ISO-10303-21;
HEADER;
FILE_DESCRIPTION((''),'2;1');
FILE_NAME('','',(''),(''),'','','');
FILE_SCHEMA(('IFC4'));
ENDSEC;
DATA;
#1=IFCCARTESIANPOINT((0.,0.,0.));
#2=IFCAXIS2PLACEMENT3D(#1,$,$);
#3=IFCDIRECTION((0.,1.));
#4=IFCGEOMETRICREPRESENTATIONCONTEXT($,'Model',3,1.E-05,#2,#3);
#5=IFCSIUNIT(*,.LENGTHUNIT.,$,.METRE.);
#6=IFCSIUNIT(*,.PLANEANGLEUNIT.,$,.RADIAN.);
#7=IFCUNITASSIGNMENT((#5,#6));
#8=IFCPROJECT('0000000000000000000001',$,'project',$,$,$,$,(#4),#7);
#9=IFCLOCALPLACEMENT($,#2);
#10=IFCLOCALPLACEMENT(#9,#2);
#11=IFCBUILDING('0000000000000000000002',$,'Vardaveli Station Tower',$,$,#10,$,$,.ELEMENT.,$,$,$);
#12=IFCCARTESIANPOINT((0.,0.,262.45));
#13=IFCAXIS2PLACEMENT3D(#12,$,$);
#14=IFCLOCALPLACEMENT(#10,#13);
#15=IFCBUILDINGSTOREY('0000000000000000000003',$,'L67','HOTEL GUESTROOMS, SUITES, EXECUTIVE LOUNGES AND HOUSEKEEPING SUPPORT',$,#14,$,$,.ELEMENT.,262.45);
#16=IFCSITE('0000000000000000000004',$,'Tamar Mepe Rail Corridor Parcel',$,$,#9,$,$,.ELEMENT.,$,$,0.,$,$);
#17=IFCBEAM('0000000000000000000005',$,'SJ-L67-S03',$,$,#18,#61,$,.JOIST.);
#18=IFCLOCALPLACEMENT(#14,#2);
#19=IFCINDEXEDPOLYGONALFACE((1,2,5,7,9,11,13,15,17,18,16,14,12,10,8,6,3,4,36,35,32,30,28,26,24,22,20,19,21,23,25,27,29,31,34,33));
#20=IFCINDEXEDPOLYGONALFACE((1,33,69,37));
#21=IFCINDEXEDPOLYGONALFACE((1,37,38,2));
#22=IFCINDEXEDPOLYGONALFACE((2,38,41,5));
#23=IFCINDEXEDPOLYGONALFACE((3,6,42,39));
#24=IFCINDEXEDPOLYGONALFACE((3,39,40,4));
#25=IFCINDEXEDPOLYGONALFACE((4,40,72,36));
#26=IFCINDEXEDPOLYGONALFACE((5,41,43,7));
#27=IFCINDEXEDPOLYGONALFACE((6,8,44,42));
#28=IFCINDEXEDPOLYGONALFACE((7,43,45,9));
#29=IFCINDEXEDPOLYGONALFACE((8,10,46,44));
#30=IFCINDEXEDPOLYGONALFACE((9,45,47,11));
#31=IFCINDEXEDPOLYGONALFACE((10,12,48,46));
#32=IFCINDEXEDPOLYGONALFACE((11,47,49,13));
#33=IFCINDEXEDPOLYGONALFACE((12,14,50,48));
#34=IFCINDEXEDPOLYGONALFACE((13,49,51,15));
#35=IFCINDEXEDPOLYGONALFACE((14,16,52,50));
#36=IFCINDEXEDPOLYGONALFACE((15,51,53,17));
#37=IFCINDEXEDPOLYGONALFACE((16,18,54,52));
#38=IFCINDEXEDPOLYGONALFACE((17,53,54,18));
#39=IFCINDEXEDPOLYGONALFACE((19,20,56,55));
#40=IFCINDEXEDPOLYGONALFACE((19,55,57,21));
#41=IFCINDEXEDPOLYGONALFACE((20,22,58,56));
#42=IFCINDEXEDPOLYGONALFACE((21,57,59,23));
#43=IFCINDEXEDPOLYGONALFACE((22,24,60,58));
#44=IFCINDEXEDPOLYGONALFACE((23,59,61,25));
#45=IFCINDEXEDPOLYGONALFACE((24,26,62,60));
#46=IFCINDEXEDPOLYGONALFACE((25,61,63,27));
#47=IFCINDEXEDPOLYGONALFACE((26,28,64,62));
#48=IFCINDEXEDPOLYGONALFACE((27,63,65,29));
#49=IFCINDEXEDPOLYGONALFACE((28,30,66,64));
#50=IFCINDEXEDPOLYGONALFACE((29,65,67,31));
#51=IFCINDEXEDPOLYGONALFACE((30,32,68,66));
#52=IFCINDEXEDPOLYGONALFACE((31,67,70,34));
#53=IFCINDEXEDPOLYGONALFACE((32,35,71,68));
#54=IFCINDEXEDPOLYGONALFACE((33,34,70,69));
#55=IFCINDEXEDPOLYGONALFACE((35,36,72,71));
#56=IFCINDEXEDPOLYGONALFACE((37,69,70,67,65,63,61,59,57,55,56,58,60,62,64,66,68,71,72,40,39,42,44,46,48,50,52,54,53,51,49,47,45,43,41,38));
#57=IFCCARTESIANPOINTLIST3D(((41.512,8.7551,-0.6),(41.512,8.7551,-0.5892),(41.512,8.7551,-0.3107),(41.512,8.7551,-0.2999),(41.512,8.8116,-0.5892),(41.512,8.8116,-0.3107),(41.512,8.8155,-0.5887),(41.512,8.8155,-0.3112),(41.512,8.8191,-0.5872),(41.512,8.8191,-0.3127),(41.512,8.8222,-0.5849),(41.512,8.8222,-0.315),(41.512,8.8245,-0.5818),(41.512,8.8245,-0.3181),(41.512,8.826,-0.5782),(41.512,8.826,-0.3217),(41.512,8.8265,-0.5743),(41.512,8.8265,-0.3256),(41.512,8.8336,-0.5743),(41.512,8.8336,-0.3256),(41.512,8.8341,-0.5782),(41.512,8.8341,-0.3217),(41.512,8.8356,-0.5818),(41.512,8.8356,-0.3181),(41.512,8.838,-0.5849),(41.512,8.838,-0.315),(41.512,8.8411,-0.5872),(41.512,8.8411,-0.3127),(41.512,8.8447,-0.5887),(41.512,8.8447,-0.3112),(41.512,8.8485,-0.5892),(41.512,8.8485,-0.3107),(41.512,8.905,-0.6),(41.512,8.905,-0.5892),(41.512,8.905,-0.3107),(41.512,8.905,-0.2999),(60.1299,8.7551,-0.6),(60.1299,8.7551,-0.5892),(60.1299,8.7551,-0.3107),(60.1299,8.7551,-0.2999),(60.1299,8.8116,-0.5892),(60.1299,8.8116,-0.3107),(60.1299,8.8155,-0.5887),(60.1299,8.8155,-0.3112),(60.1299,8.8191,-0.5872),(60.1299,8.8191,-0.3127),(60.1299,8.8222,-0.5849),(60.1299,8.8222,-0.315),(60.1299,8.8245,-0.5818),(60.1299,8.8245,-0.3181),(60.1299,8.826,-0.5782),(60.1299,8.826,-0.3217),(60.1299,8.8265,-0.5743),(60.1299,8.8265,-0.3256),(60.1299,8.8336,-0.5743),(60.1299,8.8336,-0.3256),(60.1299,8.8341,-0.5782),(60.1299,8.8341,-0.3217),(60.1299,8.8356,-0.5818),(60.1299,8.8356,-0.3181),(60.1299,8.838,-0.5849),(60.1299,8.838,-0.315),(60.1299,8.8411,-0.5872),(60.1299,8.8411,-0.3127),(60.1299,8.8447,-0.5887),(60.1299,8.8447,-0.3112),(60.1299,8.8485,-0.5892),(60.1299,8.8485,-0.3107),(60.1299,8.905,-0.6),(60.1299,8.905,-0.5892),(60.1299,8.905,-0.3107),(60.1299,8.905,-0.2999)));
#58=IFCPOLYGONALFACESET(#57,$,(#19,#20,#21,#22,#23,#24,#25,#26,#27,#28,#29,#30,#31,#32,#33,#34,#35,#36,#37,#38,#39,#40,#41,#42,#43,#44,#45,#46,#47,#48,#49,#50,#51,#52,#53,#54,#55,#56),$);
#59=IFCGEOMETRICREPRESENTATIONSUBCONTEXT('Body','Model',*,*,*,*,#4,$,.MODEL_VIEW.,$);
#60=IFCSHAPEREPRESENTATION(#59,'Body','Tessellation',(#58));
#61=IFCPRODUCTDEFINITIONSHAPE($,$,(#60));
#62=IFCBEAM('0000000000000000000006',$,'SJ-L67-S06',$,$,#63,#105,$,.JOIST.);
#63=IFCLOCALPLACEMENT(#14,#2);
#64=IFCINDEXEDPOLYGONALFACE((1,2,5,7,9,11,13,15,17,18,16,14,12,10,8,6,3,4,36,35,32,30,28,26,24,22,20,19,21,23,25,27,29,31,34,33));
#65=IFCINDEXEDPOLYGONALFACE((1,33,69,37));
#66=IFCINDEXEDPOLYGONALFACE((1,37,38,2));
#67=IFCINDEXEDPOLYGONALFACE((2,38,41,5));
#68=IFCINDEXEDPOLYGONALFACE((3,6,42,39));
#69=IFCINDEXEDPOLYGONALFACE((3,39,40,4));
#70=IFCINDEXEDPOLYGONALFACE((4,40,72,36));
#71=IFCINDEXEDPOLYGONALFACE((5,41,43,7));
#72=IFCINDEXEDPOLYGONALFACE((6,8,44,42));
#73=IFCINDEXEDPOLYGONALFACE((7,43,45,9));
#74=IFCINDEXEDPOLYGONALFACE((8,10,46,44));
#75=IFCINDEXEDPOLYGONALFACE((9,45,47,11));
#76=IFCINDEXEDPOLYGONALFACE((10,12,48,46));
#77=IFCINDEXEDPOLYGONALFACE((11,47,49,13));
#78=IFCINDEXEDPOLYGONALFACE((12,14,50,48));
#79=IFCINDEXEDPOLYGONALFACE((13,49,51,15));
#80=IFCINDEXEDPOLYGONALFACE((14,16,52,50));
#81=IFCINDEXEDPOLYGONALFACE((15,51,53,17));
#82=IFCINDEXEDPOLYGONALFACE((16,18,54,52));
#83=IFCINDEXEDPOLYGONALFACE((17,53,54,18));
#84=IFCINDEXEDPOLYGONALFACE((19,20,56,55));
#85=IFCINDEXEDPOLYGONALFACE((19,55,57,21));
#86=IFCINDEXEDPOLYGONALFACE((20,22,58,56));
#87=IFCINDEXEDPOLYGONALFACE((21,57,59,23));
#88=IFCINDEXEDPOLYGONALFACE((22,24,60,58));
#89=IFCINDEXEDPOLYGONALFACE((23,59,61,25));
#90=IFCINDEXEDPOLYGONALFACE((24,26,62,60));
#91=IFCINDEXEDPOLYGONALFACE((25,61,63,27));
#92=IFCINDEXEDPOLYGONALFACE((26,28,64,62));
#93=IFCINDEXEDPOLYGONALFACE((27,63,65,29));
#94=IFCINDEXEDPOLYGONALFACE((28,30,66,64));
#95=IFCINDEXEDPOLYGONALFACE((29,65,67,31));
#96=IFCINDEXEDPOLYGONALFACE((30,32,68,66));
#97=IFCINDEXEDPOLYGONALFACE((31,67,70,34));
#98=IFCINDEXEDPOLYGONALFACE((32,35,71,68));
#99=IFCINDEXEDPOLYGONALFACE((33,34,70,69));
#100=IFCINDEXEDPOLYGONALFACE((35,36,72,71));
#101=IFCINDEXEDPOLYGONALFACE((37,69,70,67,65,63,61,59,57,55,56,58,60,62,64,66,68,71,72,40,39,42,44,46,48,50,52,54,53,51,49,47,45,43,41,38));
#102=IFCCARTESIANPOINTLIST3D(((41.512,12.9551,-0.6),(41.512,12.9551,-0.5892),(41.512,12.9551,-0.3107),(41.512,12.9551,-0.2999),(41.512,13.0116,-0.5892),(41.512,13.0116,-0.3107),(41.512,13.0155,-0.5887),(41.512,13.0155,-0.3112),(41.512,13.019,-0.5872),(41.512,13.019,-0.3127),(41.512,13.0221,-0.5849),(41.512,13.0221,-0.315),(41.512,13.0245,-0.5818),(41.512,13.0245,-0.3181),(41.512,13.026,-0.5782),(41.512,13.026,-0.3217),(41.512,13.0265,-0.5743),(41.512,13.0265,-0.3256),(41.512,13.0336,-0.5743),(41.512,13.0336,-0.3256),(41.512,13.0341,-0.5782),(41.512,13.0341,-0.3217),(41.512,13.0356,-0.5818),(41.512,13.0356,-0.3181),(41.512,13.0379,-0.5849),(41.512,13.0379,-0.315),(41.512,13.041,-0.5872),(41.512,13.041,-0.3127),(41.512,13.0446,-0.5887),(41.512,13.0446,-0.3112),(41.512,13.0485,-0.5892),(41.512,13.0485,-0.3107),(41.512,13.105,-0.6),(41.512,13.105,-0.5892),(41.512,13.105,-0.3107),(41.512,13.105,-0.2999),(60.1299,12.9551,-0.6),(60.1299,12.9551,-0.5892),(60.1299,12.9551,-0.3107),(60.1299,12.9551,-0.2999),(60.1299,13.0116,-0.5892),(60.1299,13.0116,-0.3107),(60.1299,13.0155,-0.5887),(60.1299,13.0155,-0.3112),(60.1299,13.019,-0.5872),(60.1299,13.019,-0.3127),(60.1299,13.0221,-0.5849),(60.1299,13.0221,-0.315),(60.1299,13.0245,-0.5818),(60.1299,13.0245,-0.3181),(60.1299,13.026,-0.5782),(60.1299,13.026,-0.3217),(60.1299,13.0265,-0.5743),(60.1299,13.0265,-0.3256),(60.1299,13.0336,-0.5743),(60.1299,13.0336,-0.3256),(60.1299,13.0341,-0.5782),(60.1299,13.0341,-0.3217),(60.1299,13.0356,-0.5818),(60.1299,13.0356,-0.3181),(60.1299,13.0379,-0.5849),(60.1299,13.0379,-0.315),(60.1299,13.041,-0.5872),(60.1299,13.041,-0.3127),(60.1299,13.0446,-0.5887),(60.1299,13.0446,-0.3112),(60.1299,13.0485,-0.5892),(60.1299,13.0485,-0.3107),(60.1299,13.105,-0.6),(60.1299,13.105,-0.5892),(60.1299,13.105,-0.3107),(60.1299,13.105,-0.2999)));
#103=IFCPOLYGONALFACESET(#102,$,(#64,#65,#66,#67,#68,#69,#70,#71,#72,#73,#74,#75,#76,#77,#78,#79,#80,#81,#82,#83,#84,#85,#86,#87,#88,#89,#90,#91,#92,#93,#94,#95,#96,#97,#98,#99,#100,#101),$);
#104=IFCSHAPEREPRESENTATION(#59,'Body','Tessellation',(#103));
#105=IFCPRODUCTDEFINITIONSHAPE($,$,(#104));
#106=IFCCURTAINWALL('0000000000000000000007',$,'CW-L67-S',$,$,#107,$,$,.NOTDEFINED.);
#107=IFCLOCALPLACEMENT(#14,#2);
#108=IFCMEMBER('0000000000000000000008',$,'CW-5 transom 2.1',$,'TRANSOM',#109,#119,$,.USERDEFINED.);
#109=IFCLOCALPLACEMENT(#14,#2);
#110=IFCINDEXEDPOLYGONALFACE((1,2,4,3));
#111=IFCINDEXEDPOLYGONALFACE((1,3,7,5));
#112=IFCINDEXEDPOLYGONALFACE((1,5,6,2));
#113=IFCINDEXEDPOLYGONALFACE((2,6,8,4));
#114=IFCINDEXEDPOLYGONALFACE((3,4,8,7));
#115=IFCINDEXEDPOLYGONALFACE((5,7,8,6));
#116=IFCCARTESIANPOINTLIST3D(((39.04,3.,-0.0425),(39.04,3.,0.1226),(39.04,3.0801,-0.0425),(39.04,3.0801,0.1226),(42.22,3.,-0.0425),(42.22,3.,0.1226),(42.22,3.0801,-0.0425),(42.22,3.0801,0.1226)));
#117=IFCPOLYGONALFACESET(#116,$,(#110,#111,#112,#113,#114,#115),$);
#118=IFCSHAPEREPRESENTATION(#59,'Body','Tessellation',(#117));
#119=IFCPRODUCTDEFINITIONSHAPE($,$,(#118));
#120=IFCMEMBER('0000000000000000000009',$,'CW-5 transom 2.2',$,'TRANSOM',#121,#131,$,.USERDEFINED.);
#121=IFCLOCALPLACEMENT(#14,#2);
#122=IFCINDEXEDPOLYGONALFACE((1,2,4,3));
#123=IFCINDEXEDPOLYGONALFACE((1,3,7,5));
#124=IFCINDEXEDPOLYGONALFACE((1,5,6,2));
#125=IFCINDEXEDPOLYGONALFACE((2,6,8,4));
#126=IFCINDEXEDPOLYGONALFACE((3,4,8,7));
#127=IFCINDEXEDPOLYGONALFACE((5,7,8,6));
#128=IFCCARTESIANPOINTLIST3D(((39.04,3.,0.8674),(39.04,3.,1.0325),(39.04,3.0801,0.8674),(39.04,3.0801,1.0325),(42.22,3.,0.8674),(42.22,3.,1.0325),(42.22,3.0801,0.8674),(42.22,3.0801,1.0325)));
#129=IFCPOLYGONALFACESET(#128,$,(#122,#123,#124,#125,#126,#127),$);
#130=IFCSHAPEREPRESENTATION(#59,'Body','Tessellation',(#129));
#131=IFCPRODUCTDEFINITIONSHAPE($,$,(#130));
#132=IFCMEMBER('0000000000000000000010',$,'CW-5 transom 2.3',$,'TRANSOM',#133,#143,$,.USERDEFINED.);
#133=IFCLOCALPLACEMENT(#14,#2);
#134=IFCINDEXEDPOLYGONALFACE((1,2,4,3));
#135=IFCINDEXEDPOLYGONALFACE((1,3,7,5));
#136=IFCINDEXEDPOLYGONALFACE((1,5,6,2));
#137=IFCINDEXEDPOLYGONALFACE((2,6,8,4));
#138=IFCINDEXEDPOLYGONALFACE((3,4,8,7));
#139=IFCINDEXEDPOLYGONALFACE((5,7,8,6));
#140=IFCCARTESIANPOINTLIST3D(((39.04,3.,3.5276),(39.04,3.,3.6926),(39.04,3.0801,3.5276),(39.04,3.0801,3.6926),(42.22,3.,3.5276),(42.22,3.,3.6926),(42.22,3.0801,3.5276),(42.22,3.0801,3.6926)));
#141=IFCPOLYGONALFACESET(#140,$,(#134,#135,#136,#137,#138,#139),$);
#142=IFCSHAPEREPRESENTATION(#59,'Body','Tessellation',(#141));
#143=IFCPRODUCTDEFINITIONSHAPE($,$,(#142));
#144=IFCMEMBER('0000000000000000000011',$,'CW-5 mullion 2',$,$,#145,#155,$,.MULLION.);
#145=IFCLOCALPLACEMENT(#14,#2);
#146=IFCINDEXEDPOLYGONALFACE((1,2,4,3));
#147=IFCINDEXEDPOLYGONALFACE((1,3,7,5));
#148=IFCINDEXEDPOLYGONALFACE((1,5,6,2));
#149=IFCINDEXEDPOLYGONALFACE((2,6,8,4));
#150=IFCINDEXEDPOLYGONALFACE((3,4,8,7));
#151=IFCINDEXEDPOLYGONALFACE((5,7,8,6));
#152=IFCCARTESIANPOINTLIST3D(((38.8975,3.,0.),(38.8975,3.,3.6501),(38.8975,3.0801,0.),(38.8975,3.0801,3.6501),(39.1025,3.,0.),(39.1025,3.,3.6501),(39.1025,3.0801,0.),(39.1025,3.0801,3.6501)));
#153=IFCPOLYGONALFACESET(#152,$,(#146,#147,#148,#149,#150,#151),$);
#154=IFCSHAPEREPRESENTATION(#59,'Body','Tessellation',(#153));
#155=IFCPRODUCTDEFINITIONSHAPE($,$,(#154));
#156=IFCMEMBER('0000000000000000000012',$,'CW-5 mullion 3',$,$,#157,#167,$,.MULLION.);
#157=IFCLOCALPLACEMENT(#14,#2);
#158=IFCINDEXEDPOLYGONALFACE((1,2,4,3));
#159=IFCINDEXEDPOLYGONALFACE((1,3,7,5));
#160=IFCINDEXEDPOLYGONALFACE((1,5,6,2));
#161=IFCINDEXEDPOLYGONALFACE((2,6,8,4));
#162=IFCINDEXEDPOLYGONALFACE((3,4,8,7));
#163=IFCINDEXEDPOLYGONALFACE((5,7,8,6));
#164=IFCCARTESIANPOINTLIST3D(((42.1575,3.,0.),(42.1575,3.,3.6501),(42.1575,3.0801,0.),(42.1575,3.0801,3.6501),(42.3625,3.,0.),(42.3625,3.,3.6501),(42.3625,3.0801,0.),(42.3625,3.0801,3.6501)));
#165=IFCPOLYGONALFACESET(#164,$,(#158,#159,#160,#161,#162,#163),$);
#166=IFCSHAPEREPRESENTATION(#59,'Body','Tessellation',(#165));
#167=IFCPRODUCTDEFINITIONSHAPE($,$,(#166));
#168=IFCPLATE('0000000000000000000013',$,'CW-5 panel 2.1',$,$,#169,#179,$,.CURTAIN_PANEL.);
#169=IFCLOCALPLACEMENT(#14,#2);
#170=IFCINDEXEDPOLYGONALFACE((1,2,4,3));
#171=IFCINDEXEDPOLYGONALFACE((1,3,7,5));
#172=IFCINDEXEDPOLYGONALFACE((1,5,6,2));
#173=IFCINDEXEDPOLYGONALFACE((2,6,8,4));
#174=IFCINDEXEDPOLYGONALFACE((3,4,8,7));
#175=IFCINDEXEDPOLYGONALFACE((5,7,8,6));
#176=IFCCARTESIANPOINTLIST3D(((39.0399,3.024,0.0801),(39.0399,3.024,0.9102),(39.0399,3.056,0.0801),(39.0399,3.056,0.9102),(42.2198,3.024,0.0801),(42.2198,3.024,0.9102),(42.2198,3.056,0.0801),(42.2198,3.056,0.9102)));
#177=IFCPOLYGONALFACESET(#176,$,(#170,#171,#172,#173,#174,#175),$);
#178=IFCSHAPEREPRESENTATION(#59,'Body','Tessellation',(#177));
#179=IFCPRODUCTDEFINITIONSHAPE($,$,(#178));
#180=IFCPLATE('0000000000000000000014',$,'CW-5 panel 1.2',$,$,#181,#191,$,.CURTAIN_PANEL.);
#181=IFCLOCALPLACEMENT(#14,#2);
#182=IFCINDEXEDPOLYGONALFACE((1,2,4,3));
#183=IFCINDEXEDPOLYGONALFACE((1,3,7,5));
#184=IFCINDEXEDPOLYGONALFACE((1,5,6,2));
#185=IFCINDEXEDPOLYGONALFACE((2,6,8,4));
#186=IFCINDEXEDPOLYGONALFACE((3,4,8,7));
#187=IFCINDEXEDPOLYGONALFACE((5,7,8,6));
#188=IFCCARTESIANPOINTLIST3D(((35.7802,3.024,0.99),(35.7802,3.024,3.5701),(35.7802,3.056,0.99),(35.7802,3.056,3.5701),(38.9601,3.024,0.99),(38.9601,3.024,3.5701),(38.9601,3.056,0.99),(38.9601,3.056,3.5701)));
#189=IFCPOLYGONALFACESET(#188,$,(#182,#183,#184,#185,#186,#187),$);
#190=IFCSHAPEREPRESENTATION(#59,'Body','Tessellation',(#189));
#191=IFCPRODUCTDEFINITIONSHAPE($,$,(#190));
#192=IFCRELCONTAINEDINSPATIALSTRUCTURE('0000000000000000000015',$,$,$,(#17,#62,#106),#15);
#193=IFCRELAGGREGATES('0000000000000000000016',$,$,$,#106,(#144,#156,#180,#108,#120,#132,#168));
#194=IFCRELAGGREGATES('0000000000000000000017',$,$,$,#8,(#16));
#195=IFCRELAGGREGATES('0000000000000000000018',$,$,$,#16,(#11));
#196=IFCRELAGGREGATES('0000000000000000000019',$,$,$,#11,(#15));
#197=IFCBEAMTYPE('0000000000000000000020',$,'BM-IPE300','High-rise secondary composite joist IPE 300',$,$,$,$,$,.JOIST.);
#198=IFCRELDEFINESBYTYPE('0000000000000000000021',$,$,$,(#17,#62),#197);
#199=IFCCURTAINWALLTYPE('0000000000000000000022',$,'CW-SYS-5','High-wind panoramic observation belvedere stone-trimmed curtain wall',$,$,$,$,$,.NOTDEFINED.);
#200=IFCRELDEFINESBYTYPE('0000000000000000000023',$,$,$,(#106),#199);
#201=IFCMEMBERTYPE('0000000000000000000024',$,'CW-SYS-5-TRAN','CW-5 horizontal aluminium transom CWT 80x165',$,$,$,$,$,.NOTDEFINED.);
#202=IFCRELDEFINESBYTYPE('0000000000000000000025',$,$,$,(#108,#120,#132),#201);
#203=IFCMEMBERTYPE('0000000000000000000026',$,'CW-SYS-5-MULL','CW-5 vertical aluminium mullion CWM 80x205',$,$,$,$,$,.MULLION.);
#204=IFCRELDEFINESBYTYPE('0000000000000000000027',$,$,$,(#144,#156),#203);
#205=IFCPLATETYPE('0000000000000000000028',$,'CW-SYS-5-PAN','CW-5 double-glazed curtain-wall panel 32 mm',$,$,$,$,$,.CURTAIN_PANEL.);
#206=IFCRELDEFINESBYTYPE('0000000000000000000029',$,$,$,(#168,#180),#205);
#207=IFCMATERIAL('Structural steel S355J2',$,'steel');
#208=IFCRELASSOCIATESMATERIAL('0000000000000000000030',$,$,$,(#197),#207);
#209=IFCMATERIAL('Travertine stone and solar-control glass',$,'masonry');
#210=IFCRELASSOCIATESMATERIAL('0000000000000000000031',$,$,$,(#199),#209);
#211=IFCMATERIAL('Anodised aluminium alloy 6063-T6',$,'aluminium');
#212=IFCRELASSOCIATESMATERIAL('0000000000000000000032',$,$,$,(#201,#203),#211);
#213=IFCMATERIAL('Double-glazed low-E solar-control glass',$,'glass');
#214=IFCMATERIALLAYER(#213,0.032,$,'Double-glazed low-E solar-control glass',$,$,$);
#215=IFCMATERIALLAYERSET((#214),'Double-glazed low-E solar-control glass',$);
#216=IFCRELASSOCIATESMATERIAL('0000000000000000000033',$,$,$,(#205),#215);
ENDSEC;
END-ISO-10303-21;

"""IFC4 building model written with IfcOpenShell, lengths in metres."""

from ifc_helpers import new_model, si_unit, direction, frame, origin, origin_2d, place, context, subcontext, project, spatial, rectangle, i_section, extrude, source, transform, mapped, material, layer, layer_set, material_profile, profile_set, type_object, element, aggregate, save


model = new_model("IFC4")

# Units and contexts
model_context = context("Model", 3, precision=1e-05, world=origin(), true_north=direction((0.0, 1.0)))
body_context = subcontext(model_context, "Body", "Model", "MODEL_VIEW")
ifc_project = project(units=[si_unit("LENGTHUNIT", "METRE"), si_unit("PLANEANGLEUNIT", "RADIAN")], contexts=[model_context])

# Site, building, storey
site_placement = place(None, origin())
site = spatial("IfcSite", under=ifc_project, at=site_placement, Name="Tamar Mepe Rail Corridor Parcel", CompositionType="ELEMENT", RefElevation=0.0)
building_placement = place(site_placement, origin())
building = spatial("IfcBuilding", under=site, at=building_placement, Name="Vardaveli Station Tower", CompositionType="ELEMENT")
storey_placement = place(building_placement, frame((0.0, 0.0, 262.45)))
storey = spatial("IfcBuildingStorey", under=building, at=storey_placement, Name="L67", Description="HOTEL GUESTROOMS, SUITES, EXECUTIVE LOUNGES AND HOUSEKEEPING SUPPORT", CompositionType="ELEMENT", Elevation=262.45)

# Beams
ifc_material_1 = material(Name="Structural steel S355J2", Category="steel")
ifc_material_profile_1 = material_profile(ifc_material_1, i_section(OverallWidth=0.1499, OverallDepth=0.3, WebThickness=0.0071, FlangeThickness=0.0107, FilletRadius=0.0149, at=origin_2d()), Name="IPE 300")
ifc_profile_set_1 = profile_set([ifc_material_profile_1], Name="Structural steel S355J2")
beam_type_1 = type_object("IfcBeamType", Name="BM-IPE300", Description="High-rise secondary composite joist IPE 300", PredefinedType="JOIST", material=ifc_profile_set_1)
shared_shape_1 = source(origin(), body_context, "Body", "SweptSolid", [
    extrude(i_section(OverallWidth=0.1499, OverallDepth=0.3, WebThickness=0.0071, FlangeThickness=0.0107, FilletRadius=0.0149, at=origin_2d()), origin(), (0.0, 0.0, 1.0), 18.6179),
])
for number, where, z_axis, x_axis, name in (
    (1, (41.512, 8.8301, -0.45), (1.0, 0.0, 0.0), (0.0, 1.0, 0.0), "SJ-L67-S03"),
    (2, (41.512, 13.03, -0.45), (1.0, 0.0, 0.0), (0.0, 1.0, 0.0), "SJ-L67-S06"),
):
    element("IfcBeam", number, at=place(storey_placement, frame(where, z_axis=z_axis, x_axis=x_axis)), inside=storey, type_object=beam_type_1, Name=name, PredefinedType="JOIST", context=body_context, shape_type="MappedRepresentation", body=[
        mapped(shared_shape_1, transform((0.0, 0.0, 0.0), scale=1.0)),
    ])

# Curtain wall, members, plates
ifc_material_2 = material(Name="Travertine stone and solar-control glass", Category="masonry")
curtain_wall_type = type_object("IfcCurtainWallType", Name="CW-SYS-5", Description="High-wind panoramic observation belvedere stone-trimmed curtain wall", PredefinedType="NOTDEFINED", material=ifc_material_2)
curtain_wall_placement = place(storey_placement, origin())
curtain_wall = element("IfcCurtainWall", 3, at=curtain_wall_placement, inside=storey, type_object=curtain_wall_type, Name="CW-L67-S", PredefinedType="NOTDEFINED")
ifc_material_3 = material(Name="Anodised aluminium alloy 6063-T6", Category="aluminium")
ifc_material_profile_2 = material_profile(ifc_material_3, rectangle(XDim=0.0801, YDim=0.165, at=origin_2d()), Name="CWT 80x165")
ifc_profile_set_2 = profile_set([ifc_material_profile_2], Name="Anodised aluminium alloy 6063-T6")
member_type_1 = type_object("IfcMemberType", Name="CW-SYS-5-TRAN", Description="CW-5 horizontal aluminium transom CWT 80x165", PredefinedType="NOTDEFINED", material=ifc_profile_set_2)
shared_shape_2 = source(origin(), body_context, "Body", "SweptSolid", [
    extrude(rectangle(XDim=0.0801, YDim=0.165, at=origin_2d()), origin(), (0.0, 0.0, 1.0), 3.1799),
])
member_1_placement = place(storey_placement, frame((39.04, 3.04, 0.04), z_axis=(1.0, 0.0, 0.0), x_axis=(0.0, 1.0, 0.0)))
member_1 = element("IfcMember", 4, at=member_1_placement, type_object=member_type_1, Name="CW-5 transom 2.1", ObjectType="TRANSOM", PredefinedType="USERDEFINED", context=body_context, shape_type="MappedRepresentation", body=[
    mapped(shared_shape_2, transform((0.0, 0.0, 0.0), scale=1.0)),
])
member_2_placement = place(storey_placement, frame((39.04, 3.04, 0.95), z_axis=(1.0, 0.0, 0.0), x_axis=(0.0, 1.0, 0.0)))
member_2 = element("IfcMember", 5, at=member_2_placement, type_object=member_type_1, Name="CW-5 transom 2.2", ObjectType="TRANSOM", PredefinedType="USERDEFINED", context=body_context, shape_type="MappedRepresentation", body=[
    mapped(shared_shape_2, transform((0.0, 0.0, 0.0), scale=1.0)),
])
member_3_placement = place(storey_placement, frame((39.04, 3.04, 3.6101), z_axis=(1.0, 0.0, 0.0), x_axis=(0.0, 1.0, 0.0)))
member_3 = element("IfcMember", 6, at=member_3_placement, type_object=member_type_1, Name="CW-5 transom 2.3", ObjectType="TRANSOM", PredefinedType="USERDEFINED", context=body_context, shape_type="MappedRepresentation", body=[
    mapped(shared_shape_2, transform((0.0, 0.0, 0.0), scale=1.0)),
])
ifc_material_profile_3 = material_profile(ifc_material_3, rectangle(XDim=0.0801, YDim=0.2051, at=origin_2d()), Name="CWM 80x205")
ifc_profile_set_3 = profile_set([ifc_material_profile_3], Name="Anodised aluminium alloy 6063-T6")
member_type_2 = type_object("IfcMemberType", Name="CW-SYS-5-MULL", Description="CW-5 vertical aluminium mullion CWM 80x205", PredefinedType="MULLION", material=ifc_profile_set_3)
shared_shape_3 = source(origin(), body_context, "Body", "SweptSolid", [
    extrude(rectangle(XDim=0.0801, YDim=0.2051, at=origin_2d()), origin(), (0.0, 0.0, 1.0), 3.6501),
])
member_4_placement = place(storey_placement, frame((39.0, 3.04, 0.0), z_axis=(0.0, 0.0, 1.0), x_axis=(0.0, 1.0, 0.0)))
member_4 = element("IfcMember", 7, at=member_4_placement, type_object=member_type_2, Name="CW-5 mullion 2", PredefinedType="MULLION", context=body_context, shape_type="MappedRepresentation", body=[
    mapped(shared_shape_3, transform((0.0, 0.0, 0.0), scale=1.0)),
])
member_5_placement = place(storey_placement, frame((42.26, 3.04, 0.0), z_axis=(0.0, 0.0, 1.0), x_axis=(0.0, 1.0, 0.0)))
member_5 = element("IfcMember", 8, at=member_5_placement, type_object=member_type_2, Name="CW-5 mullion 3", PredefinedType="MULLION", context=body_context, shape_type="MappedRepresentation", body=[
    mapped(shared_shape_3, transform((0.0, 0.0, 0.0), scale=1.0)),
])
ifc_material_4 = material(Name="Double-glazed low-E solar-control glass", Category="glass")
ifc_layer_1 = layer(ifc_material_4, 0.032, Name="Double-glazed low-E solar-control glass")
ifc_layer_set_1 = layer_set([ifc_layer_1], Name="Double-glazed low-E solar-control glass")
plate_type = type_object("IfcPlateType", Name="CW-SYS-5-PAN", Description="CW-5 double-glazed curtain-wall panel 32 mm", PredefinedType="CURTAIN_PANEL", material=ifc_layer_set_1)
shared_shape_4 = source(origin(), body_context, "Body", "SweptSolid", [
    extrude(rectangle(XDim=3.1799, YDim=0.032, at=origin_2d()), origin(), (0.0, 0.0, 1.0), 0.8301),
])
plate_1_placement = place(storey_placement, frame((40.6299, 3.04, 0.0801), z_axis=(0.0, 0.0, 1.0), x_axis=(1.0, 0.0, 0.0)))
plate_1 = element("IfcPlate", 9, at=plate_1_placement, type_object=plate_type, Name="CW-5 panel 2.1", PredefinedType="CURTAIN_PANEL", context=body_context, shape_type="MappedRepresentation", body=[
    mapped(shared_shape_4, transform((0.0, 0.0, 0.0), scale=1.0)),
])
shared_shape_5 = source(origin(), body_context, "Body", "SweptSolid", [
    extrude(rectangle(XDim=3.1799, YDim=0.032, at=origin_2d()), origin(), (0.0, 0.0, 1.0), 2.5801),
])
plate_2_placement = place(storey_placement, frame((37.3701, 3.04, 0.99), z_axis=(0.0, 0.0, 1.0), x_axis=(1.0, 0.0, 0.0)))
plate_2 = element("IfcPlate", 10, at=plate_2_placement, type_object=plate_type, Name="CW-5 panel 1.2", PredefinedType="CURTAIN_PANEL", context=body_context, shape_type="MappedRepresentation", body=[
    mapped(shared_shape_5, transform((0.0, 0.0, 0.0), scale=1.0)),
])
aggregate(curtain_wall, [member_4, member_5, plate_2, member_1, member_2, member_3, plate_1])

save(model, "model.ifc")
